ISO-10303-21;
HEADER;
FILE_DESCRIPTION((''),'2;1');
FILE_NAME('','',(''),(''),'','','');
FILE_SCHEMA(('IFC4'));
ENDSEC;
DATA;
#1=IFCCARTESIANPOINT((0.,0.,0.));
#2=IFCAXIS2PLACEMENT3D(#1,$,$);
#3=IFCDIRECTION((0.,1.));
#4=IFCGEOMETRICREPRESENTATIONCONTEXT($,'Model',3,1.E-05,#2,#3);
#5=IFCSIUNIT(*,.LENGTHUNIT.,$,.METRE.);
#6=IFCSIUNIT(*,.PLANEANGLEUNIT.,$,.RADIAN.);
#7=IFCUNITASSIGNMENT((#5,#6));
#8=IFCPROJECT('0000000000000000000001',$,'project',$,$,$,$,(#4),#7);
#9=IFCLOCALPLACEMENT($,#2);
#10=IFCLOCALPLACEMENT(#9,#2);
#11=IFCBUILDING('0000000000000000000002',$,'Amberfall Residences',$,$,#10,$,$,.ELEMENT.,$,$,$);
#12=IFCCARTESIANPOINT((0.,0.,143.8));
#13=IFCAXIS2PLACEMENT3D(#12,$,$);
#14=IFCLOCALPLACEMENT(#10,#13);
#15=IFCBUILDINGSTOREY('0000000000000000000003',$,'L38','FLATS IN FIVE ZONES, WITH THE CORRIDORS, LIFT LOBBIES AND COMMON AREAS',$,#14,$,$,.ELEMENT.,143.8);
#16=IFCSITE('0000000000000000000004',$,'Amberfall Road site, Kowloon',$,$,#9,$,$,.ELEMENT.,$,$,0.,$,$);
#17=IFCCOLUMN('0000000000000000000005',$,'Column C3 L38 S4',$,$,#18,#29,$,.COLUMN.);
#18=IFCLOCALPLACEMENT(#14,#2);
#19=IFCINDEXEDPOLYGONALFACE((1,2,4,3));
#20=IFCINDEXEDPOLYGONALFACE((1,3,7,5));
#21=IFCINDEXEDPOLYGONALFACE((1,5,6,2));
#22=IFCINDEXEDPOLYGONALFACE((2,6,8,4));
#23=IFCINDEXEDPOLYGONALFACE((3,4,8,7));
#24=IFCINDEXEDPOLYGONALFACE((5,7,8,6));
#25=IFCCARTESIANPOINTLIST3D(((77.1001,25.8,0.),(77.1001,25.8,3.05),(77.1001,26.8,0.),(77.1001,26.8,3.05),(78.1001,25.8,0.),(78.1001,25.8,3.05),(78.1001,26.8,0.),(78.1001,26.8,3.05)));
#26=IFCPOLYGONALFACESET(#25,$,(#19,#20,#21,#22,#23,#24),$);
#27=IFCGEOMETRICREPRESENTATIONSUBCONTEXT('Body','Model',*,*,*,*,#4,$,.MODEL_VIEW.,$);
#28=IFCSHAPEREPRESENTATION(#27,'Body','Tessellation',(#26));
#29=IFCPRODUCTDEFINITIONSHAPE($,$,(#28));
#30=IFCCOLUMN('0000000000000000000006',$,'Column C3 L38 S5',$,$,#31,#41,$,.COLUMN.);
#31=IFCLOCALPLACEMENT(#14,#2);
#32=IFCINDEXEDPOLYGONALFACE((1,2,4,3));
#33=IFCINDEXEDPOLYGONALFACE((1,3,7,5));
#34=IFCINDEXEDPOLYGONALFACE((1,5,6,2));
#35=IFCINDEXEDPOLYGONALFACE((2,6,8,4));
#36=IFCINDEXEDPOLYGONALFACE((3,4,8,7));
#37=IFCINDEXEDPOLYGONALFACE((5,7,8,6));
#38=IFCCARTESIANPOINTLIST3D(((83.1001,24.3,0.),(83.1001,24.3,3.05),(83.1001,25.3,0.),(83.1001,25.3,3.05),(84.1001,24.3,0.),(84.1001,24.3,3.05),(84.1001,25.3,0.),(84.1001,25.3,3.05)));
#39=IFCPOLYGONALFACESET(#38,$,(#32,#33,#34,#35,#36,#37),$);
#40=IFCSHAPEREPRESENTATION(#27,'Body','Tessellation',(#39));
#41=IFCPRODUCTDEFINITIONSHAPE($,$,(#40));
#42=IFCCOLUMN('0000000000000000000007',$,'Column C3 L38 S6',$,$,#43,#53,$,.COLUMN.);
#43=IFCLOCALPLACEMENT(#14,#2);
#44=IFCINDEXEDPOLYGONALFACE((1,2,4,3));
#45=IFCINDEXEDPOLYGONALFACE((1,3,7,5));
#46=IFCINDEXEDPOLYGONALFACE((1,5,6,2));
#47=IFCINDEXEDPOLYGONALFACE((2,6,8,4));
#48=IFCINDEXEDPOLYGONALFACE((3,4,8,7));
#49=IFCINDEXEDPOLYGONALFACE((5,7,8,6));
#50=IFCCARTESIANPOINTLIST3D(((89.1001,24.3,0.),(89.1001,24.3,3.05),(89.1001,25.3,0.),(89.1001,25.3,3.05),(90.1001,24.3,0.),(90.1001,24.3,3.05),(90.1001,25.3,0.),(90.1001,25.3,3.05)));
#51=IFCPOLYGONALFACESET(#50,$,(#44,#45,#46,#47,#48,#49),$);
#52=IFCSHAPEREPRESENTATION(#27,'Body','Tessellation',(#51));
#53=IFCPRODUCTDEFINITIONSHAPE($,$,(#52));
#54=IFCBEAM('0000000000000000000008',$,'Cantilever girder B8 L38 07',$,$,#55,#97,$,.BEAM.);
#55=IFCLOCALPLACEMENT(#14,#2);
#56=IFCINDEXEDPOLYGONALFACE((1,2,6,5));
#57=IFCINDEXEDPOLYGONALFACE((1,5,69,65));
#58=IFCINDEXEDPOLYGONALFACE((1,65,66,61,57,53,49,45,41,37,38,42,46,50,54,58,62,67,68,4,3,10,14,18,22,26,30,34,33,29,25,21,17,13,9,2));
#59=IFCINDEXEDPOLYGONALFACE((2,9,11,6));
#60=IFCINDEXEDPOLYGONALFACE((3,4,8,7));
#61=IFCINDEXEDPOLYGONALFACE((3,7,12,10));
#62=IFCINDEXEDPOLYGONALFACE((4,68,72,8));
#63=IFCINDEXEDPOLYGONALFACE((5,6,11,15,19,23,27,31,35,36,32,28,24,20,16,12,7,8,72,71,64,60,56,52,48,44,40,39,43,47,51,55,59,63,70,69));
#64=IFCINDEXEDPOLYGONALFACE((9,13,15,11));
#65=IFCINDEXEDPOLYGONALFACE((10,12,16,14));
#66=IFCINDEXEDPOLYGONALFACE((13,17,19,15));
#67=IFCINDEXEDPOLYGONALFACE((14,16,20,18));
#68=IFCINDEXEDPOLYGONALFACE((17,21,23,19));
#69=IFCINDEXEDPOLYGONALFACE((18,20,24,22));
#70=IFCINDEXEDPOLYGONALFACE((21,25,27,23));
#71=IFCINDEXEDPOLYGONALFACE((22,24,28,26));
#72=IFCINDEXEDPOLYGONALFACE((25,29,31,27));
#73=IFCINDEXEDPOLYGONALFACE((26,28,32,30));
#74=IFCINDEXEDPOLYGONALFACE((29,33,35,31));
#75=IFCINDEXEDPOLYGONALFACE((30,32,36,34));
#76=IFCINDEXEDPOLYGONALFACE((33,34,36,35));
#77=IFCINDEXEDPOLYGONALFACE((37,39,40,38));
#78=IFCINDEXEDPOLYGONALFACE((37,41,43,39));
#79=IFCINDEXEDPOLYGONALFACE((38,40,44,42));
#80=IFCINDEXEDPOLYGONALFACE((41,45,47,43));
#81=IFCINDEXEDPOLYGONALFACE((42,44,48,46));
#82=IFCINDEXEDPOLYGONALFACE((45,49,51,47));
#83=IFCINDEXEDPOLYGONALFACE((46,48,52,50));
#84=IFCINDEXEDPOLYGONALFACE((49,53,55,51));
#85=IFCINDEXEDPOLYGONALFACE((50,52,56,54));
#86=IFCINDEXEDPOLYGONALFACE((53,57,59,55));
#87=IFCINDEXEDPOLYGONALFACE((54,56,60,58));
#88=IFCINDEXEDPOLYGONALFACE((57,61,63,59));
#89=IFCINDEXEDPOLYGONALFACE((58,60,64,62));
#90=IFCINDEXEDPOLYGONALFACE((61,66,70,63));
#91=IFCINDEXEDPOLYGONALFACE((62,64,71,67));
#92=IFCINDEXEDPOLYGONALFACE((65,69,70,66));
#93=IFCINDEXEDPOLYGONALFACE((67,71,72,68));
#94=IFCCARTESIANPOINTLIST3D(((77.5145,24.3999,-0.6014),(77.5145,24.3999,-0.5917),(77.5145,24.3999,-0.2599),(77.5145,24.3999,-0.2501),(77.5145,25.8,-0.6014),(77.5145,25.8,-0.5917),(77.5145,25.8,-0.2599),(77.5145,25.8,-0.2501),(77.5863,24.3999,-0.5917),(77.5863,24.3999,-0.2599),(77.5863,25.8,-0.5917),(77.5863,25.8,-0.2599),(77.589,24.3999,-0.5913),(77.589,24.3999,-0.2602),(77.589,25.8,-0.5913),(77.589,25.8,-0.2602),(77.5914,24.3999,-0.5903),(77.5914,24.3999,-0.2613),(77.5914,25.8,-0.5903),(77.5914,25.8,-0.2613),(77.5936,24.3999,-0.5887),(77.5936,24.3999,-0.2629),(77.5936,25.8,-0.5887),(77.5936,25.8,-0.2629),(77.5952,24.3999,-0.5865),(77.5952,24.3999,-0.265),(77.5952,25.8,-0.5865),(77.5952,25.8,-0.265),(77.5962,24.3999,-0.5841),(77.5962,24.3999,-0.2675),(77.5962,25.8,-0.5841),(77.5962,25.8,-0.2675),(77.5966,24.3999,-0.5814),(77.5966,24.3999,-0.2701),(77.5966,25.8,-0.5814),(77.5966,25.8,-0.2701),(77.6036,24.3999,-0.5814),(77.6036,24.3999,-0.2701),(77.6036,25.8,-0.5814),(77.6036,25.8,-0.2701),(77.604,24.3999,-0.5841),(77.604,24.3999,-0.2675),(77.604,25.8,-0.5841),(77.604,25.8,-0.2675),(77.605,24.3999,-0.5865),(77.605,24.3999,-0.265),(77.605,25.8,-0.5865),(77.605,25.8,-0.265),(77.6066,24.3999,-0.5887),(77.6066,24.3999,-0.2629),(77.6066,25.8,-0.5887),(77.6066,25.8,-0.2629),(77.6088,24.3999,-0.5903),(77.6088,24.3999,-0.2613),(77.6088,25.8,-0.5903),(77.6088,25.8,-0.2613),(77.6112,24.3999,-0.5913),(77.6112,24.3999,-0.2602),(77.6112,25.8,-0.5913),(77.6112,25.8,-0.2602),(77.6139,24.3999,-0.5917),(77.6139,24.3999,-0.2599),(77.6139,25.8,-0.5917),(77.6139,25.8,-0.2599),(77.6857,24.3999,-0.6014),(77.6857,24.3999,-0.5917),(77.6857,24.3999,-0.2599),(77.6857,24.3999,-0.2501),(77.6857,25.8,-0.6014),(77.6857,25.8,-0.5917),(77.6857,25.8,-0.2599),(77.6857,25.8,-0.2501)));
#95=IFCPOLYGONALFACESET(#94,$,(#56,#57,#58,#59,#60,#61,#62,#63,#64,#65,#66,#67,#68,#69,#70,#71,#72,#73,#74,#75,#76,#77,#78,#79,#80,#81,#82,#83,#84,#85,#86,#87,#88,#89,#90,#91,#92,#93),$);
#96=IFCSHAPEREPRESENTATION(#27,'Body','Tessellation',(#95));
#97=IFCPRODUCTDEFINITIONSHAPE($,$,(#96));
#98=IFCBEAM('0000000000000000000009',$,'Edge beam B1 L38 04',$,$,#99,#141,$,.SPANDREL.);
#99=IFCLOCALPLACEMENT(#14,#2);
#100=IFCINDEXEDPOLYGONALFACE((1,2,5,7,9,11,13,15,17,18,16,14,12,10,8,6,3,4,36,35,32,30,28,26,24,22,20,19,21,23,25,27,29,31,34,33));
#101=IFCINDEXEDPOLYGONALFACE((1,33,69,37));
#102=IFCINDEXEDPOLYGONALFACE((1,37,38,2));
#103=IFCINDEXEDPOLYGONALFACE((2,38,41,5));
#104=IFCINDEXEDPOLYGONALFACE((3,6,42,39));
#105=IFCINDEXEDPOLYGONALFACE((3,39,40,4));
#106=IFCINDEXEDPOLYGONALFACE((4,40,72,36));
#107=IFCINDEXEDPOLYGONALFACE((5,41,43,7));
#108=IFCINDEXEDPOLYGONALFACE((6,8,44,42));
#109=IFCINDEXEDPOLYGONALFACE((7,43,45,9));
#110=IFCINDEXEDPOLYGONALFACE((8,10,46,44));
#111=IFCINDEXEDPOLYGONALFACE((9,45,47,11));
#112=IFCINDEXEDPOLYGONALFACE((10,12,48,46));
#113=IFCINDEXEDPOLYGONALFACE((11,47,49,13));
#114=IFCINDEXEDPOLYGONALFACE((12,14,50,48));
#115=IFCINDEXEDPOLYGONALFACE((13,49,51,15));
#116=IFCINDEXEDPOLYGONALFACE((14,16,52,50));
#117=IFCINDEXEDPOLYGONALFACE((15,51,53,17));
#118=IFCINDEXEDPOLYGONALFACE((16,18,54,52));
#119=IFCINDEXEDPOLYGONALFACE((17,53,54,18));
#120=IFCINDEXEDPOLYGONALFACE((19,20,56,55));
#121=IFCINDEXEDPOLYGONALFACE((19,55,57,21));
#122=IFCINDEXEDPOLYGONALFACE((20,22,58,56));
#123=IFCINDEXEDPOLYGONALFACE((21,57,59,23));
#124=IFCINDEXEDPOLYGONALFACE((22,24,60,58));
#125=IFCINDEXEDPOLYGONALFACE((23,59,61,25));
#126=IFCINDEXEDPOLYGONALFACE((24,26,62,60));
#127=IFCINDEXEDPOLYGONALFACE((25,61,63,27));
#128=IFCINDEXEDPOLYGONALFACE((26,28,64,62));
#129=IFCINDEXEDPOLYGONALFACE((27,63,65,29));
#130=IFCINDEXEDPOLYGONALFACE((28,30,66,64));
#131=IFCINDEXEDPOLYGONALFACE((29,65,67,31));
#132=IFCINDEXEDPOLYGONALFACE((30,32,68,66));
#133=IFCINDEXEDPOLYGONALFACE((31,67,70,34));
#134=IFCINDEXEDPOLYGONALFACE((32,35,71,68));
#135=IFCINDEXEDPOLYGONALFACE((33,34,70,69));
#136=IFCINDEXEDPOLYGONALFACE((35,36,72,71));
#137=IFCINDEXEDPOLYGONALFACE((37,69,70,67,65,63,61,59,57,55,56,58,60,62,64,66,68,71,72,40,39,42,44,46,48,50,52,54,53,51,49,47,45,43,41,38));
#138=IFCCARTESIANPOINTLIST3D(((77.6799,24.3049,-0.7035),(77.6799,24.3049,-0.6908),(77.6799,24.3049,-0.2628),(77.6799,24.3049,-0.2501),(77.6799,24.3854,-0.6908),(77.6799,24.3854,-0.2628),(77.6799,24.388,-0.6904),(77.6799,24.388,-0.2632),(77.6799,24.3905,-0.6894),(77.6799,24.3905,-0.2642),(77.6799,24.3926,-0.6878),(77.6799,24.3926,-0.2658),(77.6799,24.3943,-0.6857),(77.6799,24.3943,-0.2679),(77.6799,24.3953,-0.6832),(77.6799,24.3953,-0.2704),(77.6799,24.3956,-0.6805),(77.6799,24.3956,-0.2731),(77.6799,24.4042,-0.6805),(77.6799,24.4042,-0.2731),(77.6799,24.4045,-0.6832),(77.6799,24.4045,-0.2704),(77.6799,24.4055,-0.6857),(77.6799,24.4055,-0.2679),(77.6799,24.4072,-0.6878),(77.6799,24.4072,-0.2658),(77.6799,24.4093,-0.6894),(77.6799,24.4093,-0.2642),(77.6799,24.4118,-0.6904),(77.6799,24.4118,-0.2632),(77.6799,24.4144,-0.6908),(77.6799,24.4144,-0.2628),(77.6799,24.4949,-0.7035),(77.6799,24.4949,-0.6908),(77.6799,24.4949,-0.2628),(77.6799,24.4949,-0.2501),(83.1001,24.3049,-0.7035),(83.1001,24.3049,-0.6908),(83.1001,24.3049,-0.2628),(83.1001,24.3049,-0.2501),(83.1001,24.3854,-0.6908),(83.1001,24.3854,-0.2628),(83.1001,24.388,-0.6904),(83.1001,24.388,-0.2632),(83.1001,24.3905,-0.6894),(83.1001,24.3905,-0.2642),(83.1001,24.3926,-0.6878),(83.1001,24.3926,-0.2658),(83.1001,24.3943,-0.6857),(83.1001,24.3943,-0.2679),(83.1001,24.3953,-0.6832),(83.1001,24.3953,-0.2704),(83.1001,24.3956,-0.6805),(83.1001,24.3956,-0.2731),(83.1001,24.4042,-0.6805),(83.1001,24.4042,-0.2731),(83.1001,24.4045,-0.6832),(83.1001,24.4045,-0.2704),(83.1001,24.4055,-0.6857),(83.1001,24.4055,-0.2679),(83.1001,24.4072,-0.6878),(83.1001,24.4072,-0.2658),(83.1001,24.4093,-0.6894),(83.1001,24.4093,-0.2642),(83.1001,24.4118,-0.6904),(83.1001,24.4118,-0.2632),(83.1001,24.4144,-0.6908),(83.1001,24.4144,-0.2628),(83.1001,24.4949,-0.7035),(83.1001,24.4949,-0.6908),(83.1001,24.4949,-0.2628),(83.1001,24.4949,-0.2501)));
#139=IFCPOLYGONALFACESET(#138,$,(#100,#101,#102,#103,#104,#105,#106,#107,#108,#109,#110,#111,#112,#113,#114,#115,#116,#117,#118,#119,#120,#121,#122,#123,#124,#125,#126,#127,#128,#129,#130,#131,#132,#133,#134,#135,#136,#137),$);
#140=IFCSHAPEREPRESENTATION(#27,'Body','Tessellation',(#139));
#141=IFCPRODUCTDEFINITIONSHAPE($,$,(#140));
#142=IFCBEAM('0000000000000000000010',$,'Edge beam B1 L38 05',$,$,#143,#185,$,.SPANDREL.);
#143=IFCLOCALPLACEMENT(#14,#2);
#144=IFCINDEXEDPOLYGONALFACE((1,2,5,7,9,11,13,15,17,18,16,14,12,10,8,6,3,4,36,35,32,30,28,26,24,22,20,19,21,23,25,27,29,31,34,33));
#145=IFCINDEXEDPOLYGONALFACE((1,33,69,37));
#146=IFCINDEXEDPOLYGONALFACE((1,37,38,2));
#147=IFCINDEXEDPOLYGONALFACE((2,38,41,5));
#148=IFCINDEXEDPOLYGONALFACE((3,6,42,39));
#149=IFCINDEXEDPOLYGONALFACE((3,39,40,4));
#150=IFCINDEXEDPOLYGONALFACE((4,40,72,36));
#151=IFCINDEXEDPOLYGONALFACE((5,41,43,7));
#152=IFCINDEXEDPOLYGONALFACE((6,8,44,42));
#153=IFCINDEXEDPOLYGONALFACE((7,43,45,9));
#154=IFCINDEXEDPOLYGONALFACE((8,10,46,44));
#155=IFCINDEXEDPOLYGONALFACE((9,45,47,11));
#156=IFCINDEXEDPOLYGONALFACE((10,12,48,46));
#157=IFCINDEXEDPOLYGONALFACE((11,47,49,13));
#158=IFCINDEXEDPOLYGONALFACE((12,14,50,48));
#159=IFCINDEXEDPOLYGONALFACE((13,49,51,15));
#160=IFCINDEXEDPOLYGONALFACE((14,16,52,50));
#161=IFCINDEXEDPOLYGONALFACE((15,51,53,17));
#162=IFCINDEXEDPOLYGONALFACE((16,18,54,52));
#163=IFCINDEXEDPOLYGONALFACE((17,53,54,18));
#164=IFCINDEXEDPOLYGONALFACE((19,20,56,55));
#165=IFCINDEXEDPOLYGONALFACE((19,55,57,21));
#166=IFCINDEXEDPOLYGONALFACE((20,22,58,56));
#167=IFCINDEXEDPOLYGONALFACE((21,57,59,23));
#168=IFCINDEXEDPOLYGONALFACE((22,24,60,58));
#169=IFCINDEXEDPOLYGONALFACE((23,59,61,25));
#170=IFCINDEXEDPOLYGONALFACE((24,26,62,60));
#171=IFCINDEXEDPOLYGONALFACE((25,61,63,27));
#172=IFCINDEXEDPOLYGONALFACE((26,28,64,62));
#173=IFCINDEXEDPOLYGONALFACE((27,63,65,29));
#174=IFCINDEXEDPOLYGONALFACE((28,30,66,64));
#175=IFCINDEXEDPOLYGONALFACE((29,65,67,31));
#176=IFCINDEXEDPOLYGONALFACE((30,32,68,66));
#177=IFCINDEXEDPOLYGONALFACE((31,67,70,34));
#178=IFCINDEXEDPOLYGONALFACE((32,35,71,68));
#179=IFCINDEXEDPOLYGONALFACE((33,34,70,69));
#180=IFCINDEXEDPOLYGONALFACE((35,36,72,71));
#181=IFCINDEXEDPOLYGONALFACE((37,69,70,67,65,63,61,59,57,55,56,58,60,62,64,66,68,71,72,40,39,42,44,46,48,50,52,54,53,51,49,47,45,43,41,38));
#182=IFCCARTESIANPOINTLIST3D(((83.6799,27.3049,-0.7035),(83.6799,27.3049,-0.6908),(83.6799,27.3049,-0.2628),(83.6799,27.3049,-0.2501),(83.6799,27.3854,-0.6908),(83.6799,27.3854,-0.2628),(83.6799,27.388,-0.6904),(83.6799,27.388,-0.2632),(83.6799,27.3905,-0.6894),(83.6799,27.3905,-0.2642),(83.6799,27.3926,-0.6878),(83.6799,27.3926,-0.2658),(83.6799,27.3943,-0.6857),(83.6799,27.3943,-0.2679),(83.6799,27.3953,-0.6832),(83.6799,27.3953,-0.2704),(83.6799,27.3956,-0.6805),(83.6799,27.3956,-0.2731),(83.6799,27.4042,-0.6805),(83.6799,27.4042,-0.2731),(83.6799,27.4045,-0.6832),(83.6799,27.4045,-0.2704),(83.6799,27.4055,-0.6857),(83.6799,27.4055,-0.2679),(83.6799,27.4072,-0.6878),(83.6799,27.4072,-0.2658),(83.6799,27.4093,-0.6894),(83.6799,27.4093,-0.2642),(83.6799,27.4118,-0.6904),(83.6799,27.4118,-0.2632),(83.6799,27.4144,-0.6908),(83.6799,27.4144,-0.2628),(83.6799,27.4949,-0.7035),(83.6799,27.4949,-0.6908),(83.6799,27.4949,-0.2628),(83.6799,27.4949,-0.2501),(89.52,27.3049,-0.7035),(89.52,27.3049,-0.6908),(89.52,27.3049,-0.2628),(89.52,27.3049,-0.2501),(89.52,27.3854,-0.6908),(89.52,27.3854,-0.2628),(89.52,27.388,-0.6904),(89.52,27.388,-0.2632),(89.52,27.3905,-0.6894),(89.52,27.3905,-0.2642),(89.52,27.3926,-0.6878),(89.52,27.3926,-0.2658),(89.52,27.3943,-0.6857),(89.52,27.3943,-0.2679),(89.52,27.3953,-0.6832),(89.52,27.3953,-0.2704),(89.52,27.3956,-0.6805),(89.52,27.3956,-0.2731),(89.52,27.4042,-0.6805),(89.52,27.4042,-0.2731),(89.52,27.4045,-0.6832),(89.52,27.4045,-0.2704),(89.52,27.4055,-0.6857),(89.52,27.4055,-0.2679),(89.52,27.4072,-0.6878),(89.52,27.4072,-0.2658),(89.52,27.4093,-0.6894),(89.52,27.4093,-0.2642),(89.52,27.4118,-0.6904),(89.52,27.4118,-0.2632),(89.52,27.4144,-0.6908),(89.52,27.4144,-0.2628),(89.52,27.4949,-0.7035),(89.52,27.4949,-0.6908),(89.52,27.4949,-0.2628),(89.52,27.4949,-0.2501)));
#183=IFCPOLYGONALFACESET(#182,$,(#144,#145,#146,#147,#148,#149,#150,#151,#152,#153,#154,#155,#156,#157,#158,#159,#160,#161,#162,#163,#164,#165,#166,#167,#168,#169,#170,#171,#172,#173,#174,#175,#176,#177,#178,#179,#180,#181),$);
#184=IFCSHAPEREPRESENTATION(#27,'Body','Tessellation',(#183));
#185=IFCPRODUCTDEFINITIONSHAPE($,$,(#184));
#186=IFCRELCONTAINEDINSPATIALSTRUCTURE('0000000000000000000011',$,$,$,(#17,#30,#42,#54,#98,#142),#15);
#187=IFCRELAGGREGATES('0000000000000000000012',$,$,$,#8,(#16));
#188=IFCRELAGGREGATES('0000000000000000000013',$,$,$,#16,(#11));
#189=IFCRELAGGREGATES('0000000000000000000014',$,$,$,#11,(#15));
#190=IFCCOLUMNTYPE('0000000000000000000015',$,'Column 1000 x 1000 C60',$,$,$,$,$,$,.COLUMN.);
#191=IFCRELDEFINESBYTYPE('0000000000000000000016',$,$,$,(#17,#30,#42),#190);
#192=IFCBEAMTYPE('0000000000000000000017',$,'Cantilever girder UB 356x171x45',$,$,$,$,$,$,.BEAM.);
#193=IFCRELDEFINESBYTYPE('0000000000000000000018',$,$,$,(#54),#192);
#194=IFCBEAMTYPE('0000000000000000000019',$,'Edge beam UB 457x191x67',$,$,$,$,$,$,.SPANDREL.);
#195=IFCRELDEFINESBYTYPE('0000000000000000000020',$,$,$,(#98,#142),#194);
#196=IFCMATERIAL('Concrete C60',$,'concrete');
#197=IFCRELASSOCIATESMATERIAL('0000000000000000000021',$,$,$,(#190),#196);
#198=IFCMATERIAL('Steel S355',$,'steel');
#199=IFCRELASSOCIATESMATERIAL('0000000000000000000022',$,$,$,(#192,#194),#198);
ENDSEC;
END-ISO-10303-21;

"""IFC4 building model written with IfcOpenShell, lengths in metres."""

from ifc_helpers import new_model, si_unit, direction, frame, origin, origin_2d, place, context, subcontext, project, spatial, rectangle, i_section, extrude, material, material_profile, profile_set, type_object, element, save


model = new_model("IFC4")

# Units and contexts
model_context = context("Model", 3, precision=1e-05, world=origin(), true_north=direction((0.0, 1.0)))
body_context = subcontext(model_context, "Body", "Model", "MODEL_VIEW")
ifc_project = project(units=[si_unit("LENGTHUNIT", "METRE"), si_unit("PLANEANGLEUNIT", "RADIAN")], contexts=[model_context])

# Site, building, storey
site_placement = place(None, origin())
site = spatial("IfcSite", under=ifc_project, at=site_placement, Name="Amberfall Road site, Kowloon", CompositionType="ELEMENT", RefElevation=0.0)
building_placement = place(site_placement, origin())
building = spatial("IfcBuilding", under=site, at=building_placement, Name="Amberfall Residences", CompositionType="ELEMENT")
storey_placement = place(building_placement, frame((0.0, 0.0, 143.8)))
storey = spatial("IfcBuildingStorey", under=building, at=storey_placement, Name="L38", Description="FLATS IN FIVE ZONES, WITH THE CORRIDORS, LIFT LOBBIES AND COMMON AREAS", CompositionType="ELEMENT", Elevation=143.8)

# Columns
ifc_material_1 = material(Name="Concrete C60", Category="concrete")
ifc_material_profile_1 = material_profile(ifc_material_1, rectangle(XDim=1.0, YDim=1.0, at=origin_2d()), Name="Column 1000 x 1000 C60")
ifc_profile_set_1 = profile_set([ifc_material_profile_1], Name="Concrete C60")
column_type = type_object("IfcColumnType", Name="Column 1000 x 1000 C60", PredefinedType="COLUMN", material=ifc_profile_set_1)
for number, where, z_axis, x_axis, name in (
    (1, (77.6001, 26.3, 0.0), (0.0, 0.0, 1.0), (1.0, 0.0, 0.0), "Column C3 L38 S4"),
    (2, (83.6001, 24.8, 0.0), (0.0, 0.0, 1.0), (1.0, 0.0, 0.0), "Column C3 L38 S5"),
    (3, (89.6001, 24.8, 0.0), (0.0, 0.0, 1.0), (1.0, 0.0, 0.0), "Column C3 L38 S6"),
):
    element("IfcColumn", number, at=place(storey_placement, frame(where, z_axis=z_axis, x_axis=x_axis)), inside=storey, type_object=column_type, Name=name, PredefinedType="COLUMN", context=body_context, shape_type="SweptSolid", body=[
        extrude(rectangle(XDim=1.0, YDim=1.0, at=origin_2d()), origin(), (0.0, 0.0, 1.0), 3.05),
    ])

# Beams
ifc_material_2 = material(Name="Steel S355", Category="steel")
ifc_material_profile_2 = material_profile(ifc_material_2, i_section(OverallWidth=0.1711, OverallDepth=0.3513, WebThickness=0.0071, FlangeThickness=0.0098, FilletRadius=0.0103, at=origin_2d()), Name="UB 356x171x45")
ifc_profile_set_2 = profile_set([ifc_material_profile_2], Name="Steel S355")
beam_type_1 = type_object("IfcBeamType", Name="Cantilever girder UB 356x171x45", PredefinedType="BEAM", material=ifc_profile_set_2)
beam_1_placement = place(storey_placement, frame((77.6001, 25.8, -0.4258), z_axis=(0.0, -1.0, 0.0), x_axis=(1.0, 0.0, 0.0)))
element("IfcBeam", 4, at=beam_1_placement, inside=storey, type_object=beam_type_1, Name="Cantilever girder B8 L38 07", PredefinedType="BEAM", context=body_context, shape_type="SweptSolid", body=[
    extrude(i_section(OverallWidth=0.1711, OverallDepth=0.3513, WebThickness=0.0071, FlangeThickness=0.0098, FilletRadius=0.0103, at=origin_2d()), origin(), (0.0, 0.0, 1.0), 1.4001),
])
ifc_material_profile_3 = material_profile(ifc_material_2, i_section(OverallWidth=0.1899, OverallDepth=0.4534, WebThickness=0.0085, FlangeThickness=0.0127, FilletRadius=0.0103, at=origin_2d()), Name="UB 457x191x67")
ifc_profile_set_3 = profile_set([ifc_material_profile_3], Name="Steel S355")
beam_type_2 = type_object("IfcBeamType", Name="Edge beam UB 457x191x67", PredefinedType="SPANDREL", material=ifc_profile_set_3)
beam_2_placement = place(storey_placement, frame((77.6799, 24.3999, -0.4768), z_axis=(1.0, 0.0, 0.0), x_axis=(0.0, 1.0, 0.0)))
element("IfcBeam", 5, at=beam_2_placement, inside=storey, type_object=beam_type_2, Name="Edge beam B1 L38 04", PredefinedType="SPANDREL", context=body_context, shape_type="SweptSolid", body=[
    extrude(i_section(OverallWidth=0.1899, OverallDepth=0.4534, WebThickness=0.0085, FlangeThickness=0.0127, FilletRadius=0.0103, at=origin_2d()), origin(), (0.0, 0.0, 1.0), 5.4202),
])
beam_3_placement = place(storey_placement, frame((83.6799, 27.3999, -0.4768), z_axis=(1.0, 0.0, 0.0), x_axis=(0.0, 1.0, 0.0)))
element("IfcBeam", 6, at=beam_3_placement, inside=storey, type_object=beam_type_2, Name="Edge beam B1 L38 05", PredefinedType="SPANDREL", context=body_context, shape_type="SweptSolid", body=[
    extrude(i_section(OverallWidth=0.1899, OverallDepth=0.4534, WebThickness=0.0085, FlangeThickness=0.0127, FilletRadius=0.0103, at=origin_2d()), origin(), (0.0, 0.0, 1.0), 5.8401),
])

save(model, "model.ifc")
